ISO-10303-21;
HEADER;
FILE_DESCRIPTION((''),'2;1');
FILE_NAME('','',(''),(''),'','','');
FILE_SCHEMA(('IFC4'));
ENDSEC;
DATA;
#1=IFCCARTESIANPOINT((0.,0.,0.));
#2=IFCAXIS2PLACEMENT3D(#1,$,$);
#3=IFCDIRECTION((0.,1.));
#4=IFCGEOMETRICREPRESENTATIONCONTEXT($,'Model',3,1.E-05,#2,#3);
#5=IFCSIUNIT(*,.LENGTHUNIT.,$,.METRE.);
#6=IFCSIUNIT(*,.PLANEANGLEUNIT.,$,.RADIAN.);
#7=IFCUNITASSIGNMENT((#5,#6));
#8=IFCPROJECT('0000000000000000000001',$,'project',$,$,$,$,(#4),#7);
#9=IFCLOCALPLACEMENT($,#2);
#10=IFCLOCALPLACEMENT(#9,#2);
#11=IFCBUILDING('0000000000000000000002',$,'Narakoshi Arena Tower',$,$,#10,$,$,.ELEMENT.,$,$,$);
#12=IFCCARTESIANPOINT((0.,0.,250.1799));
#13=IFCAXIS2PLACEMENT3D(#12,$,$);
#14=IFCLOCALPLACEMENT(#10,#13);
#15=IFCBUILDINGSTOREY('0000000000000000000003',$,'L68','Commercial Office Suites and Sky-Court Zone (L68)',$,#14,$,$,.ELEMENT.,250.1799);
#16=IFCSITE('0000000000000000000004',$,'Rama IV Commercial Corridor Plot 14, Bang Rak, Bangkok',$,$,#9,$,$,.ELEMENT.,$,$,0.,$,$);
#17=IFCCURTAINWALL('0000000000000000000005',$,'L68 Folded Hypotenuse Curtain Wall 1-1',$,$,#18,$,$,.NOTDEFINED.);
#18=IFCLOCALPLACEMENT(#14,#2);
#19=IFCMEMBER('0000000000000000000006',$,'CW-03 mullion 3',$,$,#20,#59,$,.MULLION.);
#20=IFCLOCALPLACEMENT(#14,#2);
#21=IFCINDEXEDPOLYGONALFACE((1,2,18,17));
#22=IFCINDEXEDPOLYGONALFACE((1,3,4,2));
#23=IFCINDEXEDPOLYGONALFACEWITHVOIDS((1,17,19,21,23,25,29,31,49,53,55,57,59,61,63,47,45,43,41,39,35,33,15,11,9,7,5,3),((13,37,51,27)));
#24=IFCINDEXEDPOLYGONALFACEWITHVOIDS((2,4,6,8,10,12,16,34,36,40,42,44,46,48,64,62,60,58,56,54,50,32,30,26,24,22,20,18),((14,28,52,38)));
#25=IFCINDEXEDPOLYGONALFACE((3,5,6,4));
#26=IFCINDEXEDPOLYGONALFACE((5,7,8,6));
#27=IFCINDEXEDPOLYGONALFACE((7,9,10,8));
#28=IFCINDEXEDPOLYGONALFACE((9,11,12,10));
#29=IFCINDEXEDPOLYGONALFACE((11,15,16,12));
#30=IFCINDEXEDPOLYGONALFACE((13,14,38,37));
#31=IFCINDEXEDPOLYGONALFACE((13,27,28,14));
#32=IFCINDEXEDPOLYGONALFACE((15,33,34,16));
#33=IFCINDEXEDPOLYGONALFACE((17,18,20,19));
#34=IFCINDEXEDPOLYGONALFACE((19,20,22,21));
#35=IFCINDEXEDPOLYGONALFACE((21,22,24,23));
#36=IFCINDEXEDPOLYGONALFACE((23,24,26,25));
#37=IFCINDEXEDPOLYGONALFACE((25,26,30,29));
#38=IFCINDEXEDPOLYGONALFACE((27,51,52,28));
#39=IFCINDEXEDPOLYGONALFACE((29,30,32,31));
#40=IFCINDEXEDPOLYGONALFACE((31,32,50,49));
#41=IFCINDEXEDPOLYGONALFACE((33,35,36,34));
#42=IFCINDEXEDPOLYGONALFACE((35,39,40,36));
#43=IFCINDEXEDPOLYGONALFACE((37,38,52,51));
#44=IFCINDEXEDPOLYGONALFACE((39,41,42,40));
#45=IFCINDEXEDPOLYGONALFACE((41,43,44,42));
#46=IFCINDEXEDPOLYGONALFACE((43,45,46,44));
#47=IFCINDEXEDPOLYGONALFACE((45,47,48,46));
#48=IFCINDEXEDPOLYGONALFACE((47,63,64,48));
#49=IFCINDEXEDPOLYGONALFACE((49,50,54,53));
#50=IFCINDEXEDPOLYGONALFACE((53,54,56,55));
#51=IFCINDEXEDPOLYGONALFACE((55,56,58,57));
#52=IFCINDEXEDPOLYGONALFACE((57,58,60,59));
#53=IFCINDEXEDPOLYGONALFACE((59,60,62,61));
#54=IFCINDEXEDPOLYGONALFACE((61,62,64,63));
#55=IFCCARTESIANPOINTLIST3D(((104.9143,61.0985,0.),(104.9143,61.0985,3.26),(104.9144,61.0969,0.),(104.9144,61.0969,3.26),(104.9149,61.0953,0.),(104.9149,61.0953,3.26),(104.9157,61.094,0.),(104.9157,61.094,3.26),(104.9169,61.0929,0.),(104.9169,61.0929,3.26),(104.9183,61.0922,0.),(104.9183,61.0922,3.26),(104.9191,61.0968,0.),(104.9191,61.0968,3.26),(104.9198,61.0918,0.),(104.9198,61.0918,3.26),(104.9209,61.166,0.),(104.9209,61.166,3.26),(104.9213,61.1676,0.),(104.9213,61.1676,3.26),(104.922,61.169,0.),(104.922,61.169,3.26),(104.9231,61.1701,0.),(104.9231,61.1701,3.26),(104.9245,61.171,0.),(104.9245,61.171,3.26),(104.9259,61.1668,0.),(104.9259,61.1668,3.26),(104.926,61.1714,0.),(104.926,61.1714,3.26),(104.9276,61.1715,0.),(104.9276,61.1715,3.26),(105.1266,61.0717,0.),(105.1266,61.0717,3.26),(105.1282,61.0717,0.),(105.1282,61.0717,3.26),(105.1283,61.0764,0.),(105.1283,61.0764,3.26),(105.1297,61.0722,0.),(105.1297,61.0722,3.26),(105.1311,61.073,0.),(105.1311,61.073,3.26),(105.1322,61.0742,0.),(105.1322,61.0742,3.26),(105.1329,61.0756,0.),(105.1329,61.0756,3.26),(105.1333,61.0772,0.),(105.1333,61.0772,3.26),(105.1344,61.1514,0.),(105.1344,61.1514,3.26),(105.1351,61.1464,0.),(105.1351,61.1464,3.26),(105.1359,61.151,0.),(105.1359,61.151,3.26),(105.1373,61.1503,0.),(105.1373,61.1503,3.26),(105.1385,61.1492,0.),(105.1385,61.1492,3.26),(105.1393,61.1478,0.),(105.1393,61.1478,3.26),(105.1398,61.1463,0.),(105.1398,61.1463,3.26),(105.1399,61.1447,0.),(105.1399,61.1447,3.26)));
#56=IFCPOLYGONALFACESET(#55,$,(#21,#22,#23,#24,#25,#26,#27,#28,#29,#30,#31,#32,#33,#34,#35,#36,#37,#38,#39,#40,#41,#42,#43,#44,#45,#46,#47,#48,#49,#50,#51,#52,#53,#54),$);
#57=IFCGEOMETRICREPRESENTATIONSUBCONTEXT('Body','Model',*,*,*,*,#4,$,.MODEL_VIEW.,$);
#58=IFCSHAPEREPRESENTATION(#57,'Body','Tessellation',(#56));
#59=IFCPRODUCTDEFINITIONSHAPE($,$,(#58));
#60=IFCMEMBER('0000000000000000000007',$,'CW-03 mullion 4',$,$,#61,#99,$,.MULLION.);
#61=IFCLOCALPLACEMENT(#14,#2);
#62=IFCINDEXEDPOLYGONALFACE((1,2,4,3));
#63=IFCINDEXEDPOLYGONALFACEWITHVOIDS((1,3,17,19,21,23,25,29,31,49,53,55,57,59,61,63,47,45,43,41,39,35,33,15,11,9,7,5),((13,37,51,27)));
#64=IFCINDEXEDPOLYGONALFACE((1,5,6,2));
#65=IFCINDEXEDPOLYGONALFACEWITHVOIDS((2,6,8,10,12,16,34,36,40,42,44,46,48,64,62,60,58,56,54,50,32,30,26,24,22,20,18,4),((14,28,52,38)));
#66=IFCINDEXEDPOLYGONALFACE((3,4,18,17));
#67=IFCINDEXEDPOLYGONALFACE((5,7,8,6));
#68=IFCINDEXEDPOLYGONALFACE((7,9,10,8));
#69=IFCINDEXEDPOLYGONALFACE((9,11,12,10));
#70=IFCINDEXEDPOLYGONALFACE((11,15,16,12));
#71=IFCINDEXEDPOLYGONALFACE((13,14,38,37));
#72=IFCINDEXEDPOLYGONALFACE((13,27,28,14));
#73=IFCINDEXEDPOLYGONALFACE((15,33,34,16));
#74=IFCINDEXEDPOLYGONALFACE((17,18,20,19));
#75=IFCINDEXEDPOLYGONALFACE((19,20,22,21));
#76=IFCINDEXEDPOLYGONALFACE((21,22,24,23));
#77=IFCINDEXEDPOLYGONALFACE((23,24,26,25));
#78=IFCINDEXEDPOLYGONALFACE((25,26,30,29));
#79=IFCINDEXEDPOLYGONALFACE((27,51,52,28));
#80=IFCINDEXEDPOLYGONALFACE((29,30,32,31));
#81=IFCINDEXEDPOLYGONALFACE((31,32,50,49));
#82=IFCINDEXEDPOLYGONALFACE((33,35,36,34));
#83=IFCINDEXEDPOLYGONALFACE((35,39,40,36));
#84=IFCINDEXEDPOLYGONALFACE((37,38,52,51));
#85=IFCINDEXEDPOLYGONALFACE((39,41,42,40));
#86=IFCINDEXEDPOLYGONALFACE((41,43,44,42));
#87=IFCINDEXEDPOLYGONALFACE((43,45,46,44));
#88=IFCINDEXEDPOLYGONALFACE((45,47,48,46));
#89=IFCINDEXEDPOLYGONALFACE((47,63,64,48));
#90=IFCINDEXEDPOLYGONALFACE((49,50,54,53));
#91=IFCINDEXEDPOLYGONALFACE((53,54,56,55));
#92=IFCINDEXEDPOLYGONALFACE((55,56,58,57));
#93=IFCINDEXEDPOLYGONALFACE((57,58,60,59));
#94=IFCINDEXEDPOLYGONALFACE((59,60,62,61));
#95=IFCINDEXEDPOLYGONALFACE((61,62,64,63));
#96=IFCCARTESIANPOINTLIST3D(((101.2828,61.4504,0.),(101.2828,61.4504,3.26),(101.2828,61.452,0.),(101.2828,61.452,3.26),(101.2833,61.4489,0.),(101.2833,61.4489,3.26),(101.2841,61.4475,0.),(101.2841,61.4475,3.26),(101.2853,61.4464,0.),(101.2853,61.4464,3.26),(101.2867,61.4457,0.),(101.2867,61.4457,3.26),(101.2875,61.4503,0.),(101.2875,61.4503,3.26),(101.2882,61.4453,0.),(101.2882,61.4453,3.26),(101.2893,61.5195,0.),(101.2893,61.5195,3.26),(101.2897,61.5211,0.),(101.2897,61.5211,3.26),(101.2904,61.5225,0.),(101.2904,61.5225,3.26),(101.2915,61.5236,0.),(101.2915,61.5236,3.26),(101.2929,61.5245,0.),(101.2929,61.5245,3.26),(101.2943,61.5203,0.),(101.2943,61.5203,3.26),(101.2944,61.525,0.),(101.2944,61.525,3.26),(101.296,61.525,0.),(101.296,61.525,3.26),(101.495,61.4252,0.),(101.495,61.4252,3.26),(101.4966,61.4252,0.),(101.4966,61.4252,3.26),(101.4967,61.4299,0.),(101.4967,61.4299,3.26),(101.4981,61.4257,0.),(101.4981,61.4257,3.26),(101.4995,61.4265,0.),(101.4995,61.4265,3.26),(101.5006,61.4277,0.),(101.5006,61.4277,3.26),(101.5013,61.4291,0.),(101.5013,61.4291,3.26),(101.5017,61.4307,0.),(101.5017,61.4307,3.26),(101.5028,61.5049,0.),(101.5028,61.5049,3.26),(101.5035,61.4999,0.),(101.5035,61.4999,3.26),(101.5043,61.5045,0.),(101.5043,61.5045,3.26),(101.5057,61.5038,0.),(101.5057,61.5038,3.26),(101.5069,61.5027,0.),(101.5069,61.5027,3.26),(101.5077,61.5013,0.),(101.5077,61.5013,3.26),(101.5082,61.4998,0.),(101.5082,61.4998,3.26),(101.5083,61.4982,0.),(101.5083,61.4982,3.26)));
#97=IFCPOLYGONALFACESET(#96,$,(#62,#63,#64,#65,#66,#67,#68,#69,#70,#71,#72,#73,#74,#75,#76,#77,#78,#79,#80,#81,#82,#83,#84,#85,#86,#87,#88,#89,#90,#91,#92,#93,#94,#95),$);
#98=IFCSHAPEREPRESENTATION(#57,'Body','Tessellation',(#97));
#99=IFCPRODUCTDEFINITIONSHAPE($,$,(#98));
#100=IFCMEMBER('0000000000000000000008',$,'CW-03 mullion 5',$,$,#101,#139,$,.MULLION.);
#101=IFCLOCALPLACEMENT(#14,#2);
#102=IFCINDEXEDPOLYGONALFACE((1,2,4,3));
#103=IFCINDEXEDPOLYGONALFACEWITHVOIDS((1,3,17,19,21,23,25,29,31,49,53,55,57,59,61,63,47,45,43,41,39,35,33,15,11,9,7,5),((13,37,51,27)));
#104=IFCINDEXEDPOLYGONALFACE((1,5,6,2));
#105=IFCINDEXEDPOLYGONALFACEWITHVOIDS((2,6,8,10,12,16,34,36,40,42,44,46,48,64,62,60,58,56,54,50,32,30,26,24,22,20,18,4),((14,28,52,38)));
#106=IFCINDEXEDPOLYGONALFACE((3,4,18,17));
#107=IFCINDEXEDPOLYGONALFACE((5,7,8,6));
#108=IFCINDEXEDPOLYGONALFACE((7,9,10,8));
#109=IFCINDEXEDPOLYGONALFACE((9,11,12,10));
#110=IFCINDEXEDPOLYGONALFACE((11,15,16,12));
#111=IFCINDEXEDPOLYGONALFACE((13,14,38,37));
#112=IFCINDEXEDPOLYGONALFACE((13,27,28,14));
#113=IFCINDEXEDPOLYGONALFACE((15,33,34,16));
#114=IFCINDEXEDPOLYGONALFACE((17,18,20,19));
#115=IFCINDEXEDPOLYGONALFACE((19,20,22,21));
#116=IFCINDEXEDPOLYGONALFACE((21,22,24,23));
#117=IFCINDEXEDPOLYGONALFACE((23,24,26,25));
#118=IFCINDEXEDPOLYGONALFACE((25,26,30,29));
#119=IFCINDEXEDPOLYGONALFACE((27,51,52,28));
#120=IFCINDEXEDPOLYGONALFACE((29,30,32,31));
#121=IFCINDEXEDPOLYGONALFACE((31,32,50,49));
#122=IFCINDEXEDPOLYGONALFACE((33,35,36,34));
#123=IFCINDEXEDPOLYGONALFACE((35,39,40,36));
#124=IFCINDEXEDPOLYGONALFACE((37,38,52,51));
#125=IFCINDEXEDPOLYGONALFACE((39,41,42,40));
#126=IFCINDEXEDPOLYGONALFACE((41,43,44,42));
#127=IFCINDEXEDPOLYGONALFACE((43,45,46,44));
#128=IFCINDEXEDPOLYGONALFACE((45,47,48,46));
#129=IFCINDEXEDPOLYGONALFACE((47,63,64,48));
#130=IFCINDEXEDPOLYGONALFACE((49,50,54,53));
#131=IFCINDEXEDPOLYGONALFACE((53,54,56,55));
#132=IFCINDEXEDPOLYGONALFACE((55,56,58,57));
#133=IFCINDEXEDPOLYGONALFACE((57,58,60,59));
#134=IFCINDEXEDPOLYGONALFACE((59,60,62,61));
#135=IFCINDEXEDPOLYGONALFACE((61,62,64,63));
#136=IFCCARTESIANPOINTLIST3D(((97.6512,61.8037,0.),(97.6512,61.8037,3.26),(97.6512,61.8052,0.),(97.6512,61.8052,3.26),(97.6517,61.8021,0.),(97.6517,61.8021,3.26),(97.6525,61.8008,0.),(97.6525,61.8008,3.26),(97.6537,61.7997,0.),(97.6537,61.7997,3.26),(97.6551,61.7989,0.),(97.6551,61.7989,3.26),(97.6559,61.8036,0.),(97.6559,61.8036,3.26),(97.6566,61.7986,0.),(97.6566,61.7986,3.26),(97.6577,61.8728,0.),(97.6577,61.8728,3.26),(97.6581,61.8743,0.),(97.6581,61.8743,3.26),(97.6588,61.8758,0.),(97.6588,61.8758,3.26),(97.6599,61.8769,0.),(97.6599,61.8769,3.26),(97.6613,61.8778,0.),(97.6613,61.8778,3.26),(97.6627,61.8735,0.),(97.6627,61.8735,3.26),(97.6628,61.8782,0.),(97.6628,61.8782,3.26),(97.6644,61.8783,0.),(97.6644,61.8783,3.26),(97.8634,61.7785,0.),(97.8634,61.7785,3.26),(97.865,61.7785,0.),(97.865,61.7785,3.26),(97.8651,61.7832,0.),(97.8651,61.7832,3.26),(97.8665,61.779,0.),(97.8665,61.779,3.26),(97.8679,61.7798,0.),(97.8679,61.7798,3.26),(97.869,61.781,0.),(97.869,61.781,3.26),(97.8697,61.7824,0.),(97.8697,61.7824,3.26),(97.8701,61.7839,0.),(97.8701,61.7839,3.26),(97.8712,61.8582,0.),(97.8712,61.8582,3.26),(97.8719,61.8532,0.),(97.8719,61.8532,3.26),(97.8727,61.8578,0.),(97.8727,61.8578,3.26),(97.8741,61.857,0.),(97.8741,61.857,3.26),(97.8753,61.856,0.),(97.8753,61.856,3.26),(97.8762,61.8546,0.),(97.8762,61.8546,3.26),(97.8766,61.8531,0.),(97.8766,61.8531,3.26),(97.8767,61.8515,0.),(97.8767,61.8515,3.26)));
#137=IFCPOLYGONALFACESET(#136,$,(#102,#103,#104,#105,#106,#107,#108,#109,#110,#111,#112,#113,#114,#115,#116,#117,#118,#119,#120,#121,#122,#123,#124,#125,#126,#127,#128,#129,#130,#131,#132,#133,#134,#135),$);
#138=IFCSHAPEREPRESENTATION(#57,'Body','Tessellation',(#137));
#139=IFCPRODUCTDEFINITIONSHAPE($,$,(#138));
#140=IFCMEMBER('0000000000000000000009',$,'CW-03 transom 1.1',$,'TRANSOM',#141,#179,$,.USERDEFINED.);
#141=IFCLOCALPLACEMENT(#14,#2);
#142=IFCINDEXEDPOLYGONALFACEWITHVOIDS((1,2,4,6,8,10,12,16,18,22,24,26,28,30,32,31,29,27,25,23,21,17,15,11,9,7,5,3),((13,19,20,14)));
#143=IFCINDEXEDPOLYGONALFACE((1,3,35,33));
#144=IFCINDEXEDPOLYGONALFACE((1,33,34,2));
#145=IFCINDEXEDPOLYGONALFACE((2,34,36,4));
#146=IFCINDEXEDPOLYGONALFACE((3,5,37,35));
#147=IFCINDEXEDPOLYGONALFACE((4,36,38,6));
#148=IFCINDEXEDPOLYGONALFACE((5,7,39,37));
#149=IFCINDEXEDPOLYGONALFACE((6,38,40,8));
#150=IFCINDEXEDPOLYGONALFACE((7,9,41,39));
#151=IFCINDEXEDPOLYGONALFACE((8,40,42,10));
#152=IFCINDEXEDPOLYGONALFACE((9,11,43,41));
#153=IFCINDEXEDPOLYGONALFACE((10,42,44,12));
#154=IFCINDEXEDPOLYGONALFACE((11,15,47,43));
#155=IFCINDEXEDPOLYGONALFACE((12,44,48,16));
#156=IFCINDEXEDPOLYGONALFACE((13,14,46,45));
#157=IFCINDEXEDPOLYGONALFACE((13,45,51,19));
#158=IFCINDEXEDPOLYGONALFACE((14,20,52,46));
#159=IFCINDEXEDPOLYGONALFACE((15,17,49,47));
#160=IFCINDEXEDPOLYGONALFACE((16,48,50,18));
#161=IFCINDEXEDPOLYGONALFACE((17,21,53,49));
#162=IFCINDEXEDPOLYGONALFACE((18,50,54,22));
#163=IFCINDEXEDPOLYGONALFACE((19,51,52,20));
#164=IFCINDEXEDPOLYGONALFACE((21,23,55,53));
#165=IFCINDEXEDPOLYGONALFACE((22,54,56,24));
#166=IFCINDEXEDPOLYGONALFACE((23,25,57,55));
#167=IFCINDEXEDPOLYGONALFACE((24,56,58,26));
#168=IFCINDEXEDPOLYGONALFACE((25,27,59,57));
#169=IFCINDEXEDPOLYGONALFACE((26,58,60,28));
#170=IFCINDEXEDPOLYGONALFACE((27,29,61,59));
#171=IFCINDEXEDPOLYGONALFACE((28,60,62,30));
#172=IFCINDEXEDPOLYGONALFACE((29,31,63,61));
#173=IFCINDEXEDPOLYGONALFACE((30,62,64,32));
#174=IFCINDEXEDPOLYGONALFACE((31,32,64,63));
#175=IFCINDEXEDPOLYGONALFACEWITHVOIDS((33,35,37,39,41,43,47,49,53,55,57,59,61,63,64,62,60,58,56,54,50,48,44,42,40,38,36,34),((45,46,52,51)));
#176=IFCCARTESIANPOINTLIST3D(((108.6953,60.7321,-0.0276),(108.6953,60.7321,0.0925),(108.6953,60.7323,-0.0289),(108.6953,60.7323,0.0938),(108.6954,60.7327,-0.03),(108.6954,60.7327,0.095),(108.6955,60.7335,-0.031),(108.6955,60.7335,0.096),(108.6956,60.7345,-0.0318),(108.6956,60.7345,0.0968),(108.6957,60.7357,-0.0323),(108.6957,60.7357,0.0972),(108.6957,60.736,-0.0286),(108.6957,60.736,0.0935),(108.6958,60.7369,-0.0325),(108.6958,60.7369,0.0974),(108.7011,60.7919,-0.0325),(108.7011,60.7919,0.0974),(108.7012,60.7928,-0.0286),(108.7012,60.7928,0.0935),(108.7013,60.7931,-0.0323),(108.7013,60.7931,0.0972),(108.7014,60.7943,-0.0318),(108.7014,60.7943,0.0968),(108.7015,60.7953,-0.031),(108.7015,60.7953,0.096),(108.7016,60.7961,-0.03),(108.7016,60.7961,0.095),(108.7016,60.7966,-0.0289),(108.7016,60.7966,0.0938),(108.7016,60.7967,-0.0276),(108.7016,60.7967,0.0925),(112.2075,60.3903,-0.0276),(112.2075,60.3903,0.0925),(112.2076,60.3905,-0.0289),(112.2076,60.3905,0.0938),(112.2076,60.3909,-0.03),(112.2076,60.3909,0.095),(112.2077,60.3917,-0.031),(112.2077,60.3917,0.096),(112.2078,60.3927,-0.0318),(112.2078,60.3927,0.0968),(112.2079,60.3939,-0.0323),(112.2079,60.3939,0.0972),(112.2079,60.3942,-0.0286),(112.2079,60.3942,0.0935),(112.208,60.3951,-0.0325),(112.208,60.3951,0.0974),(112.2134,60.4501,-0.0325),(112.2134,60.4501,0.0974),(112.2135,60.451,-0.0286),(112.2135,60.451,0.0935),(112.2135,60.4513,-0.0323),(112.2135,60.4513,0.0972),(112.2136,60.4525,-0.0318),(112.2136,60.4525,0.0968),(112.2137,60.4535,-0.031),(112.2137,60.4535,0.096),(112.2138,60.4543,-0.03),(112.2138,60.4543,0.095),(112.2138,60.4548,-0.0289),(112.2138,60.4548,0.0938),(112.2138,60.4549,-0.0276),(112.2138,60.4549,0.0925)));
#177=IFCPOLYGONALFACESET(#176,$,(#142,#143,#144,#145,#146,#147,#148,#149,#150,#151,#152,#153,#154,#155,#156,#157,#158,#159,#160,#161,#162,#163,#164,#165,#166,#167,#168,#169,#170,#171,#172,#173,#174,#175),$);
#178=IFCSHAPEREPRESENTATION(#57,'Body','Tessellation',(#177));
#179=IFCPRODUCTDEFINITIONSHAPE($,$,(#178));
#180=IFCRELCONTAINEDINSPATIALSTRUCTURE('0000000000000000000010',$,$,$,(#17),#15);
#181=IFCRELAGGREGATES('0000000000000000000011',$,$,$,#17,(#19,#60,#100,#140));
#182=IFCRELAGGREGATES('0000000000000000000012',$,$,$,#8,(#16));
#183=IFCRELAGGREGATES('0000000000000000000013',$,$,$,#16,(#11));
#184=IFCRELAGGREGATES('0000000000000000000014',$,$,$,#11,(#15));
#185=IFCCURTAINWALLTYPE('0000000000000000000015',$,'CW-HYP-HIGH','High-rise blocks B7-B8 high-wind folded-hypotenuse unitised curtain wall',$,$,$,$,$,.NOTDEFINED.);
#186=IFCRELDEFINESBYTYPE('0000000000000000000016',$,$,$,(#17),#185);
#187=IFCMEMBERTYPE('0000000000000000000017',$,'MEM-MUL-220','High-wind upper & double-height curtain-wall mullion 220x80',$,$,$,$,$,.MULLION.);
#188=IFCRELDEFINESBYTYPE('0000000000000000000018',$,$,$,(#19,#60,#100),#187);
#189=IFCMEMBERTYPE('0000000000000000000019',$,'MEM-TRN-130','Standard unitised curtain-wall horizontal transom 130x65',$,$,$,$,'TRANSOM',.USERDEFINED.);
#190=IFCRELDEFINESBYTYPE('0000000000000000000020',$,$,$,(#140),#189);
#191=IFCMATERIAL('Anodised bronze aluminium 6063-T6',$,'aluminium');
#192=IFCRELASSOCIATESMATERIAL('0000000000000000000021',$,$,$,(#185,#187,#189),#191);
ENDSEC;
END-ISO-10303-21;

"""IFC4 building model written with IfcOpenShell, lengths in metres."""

from ifc_helpers import new_model, si_unit, direction, frame, origin, origin_2d, place, context, subcontext, project, spatial, hollow_rectangle, extrude, material, material_profile, profile_set, type_object, element, aggregate, save


model = new_model("IFC4")

# Units and contexts
model_context = context("Model", 3, precision=1e-05, world=origin(), true_north=direction((0.0, 1.0)))
body_context = subcontext(model_context, "Body", "Model", "MODEL_VIEW")
ifc_project = project(units=[si_unit("LENGTHUNIT", "METRE"), si_unit("PLANEANGLEUNIT", "RADIAN")], contexts=[model_context])

# Site, building, storey
site_placement = place(None, origin())
site = spatial("IfcSite", under=ifc_project, at=site_placement, Name="Rama IV Commercial Corridor Plot 14, Bang Rak, Bangkok", CompositionType="ELEMENT", RefElevation=0.0)
building_placement = place(site_placement, origin())
building = spatial("IfcBuilding", under=site, at=building_placement, Name="Narakoshi Arena Tower", CompositionType="ELEMENT")
storey_placement = place(building_placement, frame((0.0, 0.0, 250.1799)))
storey = spatial("IfcBuildingStorey", under=building, at=storey_placement, Name="L68", Description="Commercial Office Suites and Sky-Court Zone (L68)", CompositionType="ELEMENT", Elevation=250.1799)

# Curtain wall, members
ifc_material_1 = material(Name="Anodised bronze aluminium 6063-T6", Category="aluminium")
curtain_wall_type = type_object("IfcCurtainWallType", Name="CW-HYP-HIGH", Description="High-rise blocks B7-B8 high-wind folded-hypotenuse unitised curtain wall", PredefinedType="NOTDEFINED", material=ifc_material_1)
curtain_wall_placement = place(storey_placement, origin())
curtain_wall = element("IfcCurtainWall", 1, at=curtain_wall_placement, inside=storey, type_object=curtain_wall_type, Name="L68 Folded Hypotenuse Curtain Wall 1-1", PredefinedType="NOTDEFINED")
ifc_material_profile_1 = material_profile(ifc_material_1, hollow_rectangle(XDim=0.0801, YDim=0.22, WallThickness=0.0049, OuterFilletRadius=0.0061, at=origin_2d()), Name="MUL220x80x5")
ifc_profile_set_1 = profile_set([ifc_material_profile_1], Name="Anodised bronze aluminium 6063-T6")
member_type_1 = type_object("IfcMemberType", Name="MEM-MUL-220", Description="High-wind upper & double-height curtain-wall mullion 220x80", PredefinedType="MULLION", material=ifc_profile_set_1)
member_1_placement = place(storey_placement, frame((105.0271, 61.1216, 0.0), z_axis=(0.0, 0.0, 1.0), x_axis=(-0.096851, -0.995299, 0.0)))
member_1 = element("IfcMember", 2, at=member_1_placement, type_object=member_type_1, Name="CW-03 mullion 3", PredefinedType="MULLION", context=body_context, shape_type="SweptSolid", body=[
    extrude(hollow_rectangle(XDim=0.0801, YDim=0.22, WallThickness=0.0049, OuterFilletRadius=0.0061, at=origin_2d()), origin(), (0.0, 0.0, 1.0), 3.26),
])
member_2_placement = place(storey_placement, frame((101.3955, 61.4751, 0.0), z_axis=(0.0, 0.0, 1.0), x_axis=(-0.096851, -0.995299, 0.0)))
member_2 = element("IfcMember", 3, at=member_2_placement, type_object=member_type_1, Name="CW-03 mullion 4", PredefinedType="MULLION", context=body_context, shape_type="SweptSolid", body=[
    extrude(hollow_rectangle(XDim=0.0801, YDim=0.22, WallThickness=0.0049, OuterFilletRadius=0.0061, at=origin_2d()), origin(), (0.0, 0.0, 1.0), 3.26),
])
member_3_placement = place(storey_placement, frame((97.7639, 61.8284, 0.0), z_axis=(0.0, 0.0, 1.0), x_axis=(-0.096851, -0.995299, 0.0)))
member_3 = element("IfcMember", 4, at=member_3_placement, type_object=member_type_1, Name="CW-03 mullion 5", PredefinedType="MULLION", context=body_context, shape_type="SweptSolid", body=[
    extrude(hollow_rectangle(XDim=0.0801, YDim=0.22, WallThickness=0.0049, OuterFilletRadius=0.0061, at=origin_2d()), origin(), (0.0, 0.0, 1.0), 3.26),
])
ifc_material_profile_2 = material_profile(ifc_material_1, hollow_rectangle(XDim=0.0649, YDim=0.1299, WallThickness=0.0039, OuterFilletRadius=0.0049, at=origin_2d()), Name="TRN130x65x4")
ifc_profile_set_2 = profile_set([ifc_material_profile_2], Name="Anodised bronze aluminium 6063-T6")
member_type_2 = type_object("IfcMemberType", Name="MEM-TRN-130", Description="Standard unitised curtain-wall horizontal transom 130x65", ElementType="TRANSOM", PredefinedType="USERDEFINED", material=ifc_profile_set_2)
member_4_placement = place(storey_placement, frame((112.2107, 60.4226, 0.0325), z_axis=(-0.995298, 0.096859, 0.0), x_axis=(-0.096859, -0.995298, 0.0)))
member_4 = element("IfcMember", 5, at=member_4_placement, type_object=member_type_2, Name="CW-03 transom 1.1", ObjectType="TRANSOM", PredefinedType="USERDEFINED", context=body_context, shape_type="SweptSolid", body=[
    extrude(hollow_rectangle(XDim=0.0649, YDim=0.1299, WallThickness=0.0039, OuterFilletRadius=0.0049, at=origin_2d()), origin(), (0.0, 0.0, 1.0), 3.5288),
])
aggregate(curtain_wall, [member_1, member_2, member_3, member_4])

save(model, "model.ifc")
